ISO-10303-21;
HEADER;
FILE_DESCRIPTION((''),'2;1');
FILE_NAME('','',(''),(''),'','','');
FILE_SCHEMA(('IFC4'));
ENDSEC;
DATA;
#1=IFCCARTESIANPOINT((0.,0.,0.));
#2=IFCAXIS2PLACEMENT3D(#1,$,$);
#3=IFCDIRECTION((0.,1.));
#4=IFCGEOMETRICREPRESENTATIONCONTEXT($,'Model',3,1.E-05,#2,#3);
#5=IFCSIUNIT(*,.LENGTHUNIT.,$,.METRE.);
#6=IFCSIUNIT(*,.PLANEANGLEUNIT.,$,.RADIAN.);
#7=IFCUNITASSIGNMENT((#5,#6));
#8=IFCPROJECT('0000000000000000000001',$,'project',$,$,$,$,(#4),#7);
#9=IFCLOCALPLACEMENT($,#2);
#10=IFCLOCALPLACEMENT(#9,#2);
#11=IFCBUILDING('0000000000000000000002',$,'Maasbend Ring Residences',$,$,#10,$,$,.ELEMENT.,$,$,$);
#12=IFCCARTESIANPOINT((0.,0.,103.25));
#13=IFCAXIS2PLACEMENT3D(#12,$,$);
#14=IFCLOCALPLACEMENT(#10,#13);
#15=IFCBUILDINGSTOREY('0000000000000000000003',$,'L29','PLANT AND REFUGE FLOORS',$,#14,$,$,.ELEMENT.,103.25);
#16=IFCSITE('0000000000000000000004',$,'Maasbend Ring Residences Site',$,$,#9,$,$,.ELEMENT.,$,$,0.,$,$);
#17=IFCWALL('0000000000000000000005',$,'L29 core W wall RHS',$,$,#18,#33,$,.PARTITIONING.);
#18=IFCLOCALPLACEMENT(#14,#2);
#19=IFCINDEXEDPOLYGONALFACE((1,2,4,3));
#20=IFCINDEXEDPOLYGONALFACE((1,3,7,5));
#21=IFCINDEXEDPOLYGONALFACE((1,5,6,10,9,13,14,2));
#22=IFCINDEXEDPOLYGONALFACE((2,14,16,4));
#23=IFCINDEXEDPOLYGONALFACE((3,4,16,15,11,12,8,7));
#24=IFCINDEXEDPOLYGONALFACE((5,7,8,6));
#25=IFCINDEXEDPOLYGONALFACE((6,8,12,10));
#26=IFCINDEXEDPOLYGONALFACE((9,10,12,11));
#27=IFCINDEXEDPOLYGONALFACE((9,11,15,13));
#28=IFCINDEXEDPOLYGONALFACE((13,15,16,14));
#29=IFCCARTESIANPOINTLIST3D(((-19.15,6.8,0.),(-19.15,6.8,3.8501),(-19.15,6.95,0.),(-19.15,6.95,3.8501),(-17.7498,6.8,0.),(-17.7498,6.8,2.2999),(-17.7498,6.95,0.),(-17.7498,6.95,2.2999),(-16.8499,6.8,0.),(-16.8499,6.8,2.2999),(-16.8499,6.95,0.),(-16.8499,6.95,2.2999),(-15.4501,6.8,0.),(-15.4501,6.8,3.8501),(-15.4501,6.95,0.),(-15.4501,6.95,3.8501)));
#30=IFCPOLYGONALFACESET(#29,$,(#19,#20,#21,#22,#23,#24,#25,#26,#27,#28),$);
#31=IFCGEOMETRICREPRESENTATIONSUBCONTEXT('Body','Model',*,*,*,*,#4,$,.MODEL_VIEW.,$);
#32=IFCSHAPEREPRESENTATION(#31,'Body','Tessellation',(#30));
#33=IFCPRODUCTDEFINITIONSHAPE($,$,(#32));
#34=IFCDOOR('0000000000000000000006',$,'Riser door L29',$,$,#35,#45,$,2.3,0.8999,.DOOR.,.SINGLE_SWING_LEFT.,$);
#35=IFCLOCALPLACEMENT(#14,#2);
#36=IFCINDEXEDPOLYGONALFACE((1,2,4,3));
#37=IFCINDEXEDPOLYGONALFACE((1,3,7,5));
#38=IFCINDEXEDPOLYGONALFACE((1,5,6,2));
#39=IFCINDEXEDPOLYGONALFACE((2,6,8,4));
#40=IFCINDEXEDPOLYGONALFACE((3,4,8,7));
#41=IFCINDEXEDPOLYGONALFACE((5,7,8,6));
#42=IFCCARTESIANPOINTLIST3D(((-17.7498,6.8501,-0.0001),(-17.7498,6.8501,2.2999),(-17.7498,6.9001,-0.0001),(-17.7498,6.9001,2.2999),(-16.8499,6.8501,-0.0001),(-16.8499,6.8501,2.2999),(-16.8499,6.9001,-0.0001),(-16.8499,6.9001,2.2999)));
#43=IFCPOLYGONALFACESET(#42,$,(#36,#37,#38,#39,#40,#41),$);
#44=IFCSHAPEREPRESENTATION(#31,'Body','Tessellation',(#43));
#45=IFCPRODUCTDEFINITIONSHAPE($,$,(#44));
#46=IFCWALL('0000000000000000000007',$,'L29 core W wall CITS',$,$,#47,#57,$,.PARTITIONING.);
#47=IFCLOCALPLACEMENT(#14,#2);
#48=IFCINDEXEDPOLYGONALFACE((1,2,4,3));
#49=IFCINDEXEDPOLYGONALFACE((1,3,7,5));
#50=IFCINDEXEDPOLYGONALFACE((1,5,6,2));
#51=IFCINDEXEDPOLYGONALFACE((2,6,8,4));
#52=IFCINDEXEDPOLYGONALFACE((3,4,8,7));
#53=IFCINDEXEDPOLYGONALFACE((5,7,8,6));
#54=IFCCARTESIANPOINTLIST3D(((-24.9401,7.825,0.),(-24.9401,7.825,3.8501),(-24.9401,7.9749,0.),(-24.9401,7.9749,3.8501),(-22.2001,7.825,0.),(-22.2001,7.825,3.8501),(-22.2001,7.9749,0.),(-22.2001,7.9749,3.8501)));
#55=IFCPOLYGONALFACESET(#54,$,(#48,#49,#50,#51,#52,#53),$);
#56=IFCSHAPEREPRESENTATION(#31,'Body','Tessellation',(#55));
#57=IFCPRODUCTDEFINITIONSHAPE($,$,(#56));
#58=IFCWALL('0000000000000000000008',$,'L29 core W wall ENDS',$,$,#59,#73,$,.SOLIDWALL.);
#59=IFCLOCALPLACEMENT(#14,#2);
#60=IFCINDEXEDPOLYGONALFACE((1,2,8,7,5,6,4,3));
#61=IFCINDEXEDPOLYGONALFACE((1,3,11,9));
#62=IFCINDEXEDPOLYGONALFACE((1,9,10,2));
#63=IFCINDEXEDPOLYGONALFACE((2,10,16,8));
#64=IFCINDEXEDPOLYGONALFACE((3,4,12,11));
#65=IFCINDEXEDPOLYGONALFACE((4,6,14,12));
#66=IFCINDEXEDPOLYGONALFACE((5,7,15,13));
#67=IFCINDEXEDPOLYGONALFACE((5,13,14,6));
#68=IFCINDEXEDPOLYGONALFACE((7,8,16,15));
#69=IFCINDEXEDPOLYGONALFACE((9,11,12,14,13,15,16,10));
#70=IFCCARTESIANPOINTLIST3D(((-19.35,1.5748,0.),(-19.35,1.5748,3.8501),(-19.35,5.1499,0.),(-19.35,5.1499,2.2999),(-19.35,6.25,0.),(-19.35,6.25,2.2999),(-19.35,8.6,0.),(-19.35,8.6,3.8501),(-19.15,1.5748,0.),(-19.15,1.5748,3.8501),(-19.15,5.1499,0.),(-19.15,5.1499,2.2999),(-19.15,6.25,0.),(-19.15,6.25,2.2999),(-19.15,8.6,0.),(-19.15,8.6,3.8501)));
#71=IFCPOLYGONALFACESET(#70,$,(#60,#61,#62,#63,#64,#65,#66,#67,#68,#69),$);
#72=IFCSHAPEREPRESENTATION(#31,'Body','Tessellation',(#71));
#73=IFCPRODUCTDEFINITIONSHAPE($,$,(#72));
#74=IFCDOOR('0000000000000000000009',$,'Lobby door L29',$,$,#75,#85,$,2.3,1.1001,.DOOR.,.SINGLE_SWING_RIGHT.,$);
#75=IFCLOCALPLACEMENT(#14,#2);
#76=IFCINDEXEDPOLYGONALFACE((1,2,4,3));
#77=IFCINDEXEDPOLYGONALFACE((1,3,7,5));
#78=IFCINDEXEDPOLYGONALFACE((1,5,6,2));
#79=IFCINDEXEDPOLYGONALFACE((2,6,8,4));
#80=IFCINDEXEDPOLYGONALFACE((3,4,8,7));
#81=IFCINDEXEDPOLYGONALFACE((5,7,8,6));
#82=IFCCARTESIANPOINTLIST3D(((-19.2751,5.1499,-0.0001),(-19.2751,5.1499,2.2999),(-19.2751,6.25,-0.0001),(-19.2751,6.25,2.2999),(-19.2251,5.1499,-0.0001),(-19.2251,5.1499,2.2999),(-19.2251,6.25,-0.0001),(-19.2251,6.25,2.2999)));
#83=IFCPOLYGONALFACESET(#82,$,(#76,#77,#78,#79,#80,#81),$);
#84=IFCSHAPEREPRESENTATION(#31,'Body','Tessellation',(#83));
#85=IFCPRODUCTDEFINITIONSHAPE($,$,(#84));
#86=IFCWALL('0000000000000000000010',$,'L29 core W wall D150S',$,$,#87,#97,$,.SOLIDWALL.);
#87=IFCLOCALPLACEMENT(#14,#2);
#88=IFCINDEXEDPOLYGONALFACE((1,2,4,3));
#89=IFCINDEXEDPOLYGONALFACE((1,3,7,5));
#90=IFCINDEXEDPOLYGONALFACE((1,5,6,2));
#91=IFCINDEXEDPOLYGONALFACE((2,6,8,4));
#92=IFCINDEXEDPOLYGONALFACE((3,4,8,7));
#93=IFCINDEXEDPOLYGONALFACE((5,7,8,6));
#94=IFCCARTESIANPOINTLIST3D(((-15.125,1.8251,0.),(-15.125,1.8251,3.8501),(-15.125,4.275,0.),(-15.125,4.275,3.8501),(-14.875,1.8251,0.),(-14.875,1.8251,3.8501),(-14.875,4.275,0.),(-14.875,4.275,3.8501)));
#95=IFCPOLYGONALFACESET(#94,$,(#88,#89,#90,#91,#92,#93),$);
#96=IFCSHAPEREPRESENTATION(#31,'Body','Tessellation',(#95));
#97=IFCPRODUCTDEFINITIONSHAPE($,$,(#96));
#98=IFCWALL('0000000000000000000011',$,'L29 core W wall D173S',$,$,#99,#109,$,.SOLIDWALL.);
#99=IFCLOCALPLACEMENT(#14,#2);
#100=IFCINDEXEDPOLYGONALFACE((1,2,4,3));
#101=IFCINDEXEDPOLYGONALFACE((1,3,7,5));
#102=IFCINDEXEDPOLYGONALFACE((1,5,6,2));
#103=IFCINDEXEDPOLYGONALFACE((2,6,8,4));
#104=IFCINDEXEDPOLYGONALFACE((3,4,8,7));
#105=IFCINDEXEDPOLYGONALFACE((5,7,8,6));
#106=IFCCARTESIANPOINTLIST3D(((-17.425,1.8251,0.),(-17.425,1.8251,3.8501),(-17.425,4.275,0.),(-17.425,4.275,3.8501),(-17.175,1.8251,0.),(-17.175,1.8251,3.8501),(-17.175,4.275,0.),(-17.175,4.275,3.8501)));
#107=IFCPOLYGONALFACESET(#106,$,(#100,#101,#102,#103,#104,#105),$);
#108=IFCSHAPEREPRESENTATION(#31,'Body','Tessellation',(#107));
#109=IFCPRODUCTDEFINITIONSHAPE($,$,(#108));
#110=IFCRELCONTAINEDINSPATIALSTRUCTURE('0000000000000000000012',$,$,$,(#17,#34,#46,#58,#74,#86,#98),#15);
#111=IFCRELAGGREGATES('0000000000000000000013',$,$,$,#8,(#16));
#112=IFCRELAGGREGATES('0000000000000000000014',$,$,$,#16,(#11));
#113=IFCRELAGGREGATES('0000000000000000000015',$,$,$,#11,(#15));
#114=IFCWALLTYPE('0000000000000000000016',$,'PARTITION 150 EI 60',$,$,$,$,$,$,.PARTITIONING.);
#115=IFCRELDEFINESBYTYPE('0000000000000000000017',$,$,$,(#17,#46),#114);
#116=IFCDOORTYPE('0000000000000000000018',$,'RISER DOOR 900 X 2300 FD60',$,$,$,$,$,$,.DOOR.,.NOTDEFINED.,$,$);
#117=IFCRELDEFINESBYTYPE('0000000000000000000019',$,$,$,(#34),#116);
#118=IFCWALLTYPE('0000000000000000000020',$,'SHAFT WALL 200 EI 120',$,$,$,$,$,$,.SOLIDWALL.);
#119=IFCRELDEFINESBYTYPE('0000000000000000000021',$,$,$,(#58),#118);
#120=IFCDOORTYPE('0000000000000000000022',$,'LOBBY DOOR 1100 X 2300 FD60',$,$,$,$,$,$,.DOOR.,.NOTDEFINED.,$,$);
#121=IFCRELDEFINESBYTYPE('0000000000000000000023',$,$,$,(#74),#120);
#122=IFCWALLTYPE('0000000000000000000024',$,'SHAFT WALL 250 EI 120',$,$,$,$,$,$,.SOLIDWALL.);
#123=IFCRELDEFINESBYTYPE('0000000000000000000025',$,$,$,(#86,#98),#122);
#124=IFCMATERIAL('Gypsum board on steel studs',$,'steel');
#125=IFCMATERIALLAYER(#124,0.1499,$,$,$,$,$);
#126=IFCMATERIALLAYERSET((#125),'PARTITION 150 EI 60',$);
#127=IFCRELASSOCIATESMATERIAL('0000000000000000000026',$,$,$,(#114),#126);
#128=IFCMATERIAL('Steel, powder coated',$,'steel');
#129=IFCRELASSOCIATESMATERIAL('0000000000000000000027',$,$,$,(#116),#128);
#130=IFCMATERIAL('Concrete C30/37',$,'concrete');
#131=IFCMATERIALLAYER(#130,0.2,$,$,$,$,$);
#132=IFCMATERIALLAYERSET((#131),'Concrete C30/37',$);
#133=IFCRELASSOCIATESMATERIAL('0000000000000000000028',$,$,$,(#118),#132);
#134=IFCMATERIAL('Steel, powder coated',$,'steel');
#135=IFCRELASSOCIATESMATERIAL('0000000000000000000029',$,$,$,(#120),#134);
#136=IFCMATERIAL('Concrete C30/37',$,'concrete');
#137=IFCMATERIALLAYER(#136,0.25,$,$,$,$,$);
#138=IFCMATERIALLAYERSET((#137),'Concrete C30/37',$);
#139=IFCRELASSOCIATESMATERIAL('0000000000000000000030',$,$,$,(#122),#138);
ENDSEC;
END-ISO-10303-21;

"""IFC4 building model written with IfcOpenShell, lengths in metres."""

from ifc_helpers import new_model, si_unit, direction, frame, frame_2d, origin, place, context, subcontext, project, spatial, rectangle, extrude, material, layer, layer_set, type_object, element, fill, save


model = new_model("IFC4")

# Units and contexts
model_context = context("Model", 3, precision=1e-05, world=origin(), true_north=direction((0.0, 1.0)))
body_context = subcontext(model_context, "Body", "Model", "MODEL_VIEW")
ifc_project = project(units=[si_unit("LENGTHUNIT", "METRE"), si_unit("PLANEANGLEUNIT", "RADIAN")], contexts=[model_context])

# Site, building, storey
site_placement = place(None, origin())
site = spatial("IfcSite", under=ifc_project, at=site_placement, Name="Maasbend Ring Residences Site", CompositionType="ELEMENT", RefElevation=0.0)
building_placement = place(site_placement, origin())
building = spatial("IfcBuilding", under=site, at=building_placement, Name="Maasbend Ring Residences", CompositionType="ELEMENT")
storey_placement = place(building_placement, frame((0.0, 0.0, 103.25)))
storey = spatial("IfcBuildingStorey", under=building, at=storey_placement, Name="L29", Description="PLANT AND REFUGE FLOORS", CompositionType="ELEMENT", Elevation=103.25)

# Shared definitions
ifc_material_1 = material(Name="Gypsum board on steel studs", Category="steel")
ifc_layer_1 = layer(ifc_material_1, 0.1499)
ifc_layer_set_1 = layer_set([ifc_layer_1], Name="PARTITION 150 EI 60")
wall_type_1 = type_object("IfcWallType", Name="PARTITION 150 EI 60", PredefinedType="PARTITIONING", material=ifc_layer_set_1)

# Wall, opening, door
wall_1_placement = place(storey_placement, frame((-15.45, 6.875, 0.0), z_axis=(0.0, 0.0, 1.0), x_axis=(-1.0, 0.0, 0.0)))
wall_1 = element("IfcWall", 1, at=wall_1_placement, inside=storey, type_object=wall_type_1, Name="L29 core W wall RHS", PredefinedType="PARTITIONING", context=body_context, shape_type="SweptSolid", body=[
    extrude(rectangle(XDim=3.7, YDim=0.1499, at=frame_2d((1.8501, 0.0))), origin(), (0.0, 0.0, 1.0), 3.8501),
])
opening_1_placement = place(wall_1_placement, frame((1.3999, 0.0, 0.0)))
opening_1 = element("IfcOpeningElement", 2, at=opening_1_placement, cuts=wall_1, PredefinedType="OPENING", context=body_context, shape_type="SweptSolid", body=[
    extrude(rectangle(XDim=0.8999, YDim=2.3, at=frame_2d((0.45, 1.1499))), frame((0.0, 0.085, 0.0), z_axis=(0.0, -1.0, 0.0), x_axis=(1.0, 0.0, 0.0)), (0.0, 0.0, 1.0), 0.1699),
])
ifc_material_2 = material(Name="Steel, powder coated", Category="steel")
door_type_1 = type_object("IfcDoorType", Name="RISER DOOR 900 X 2300 FD60", OperationType="NOTDEFINED", PredefinedType="DOOR", material=ifc_material_2)
door_1_placement = place(opening_1_placement, origin())
door_1 = element("IfcDoor", 3, at=door_1_placement, inside=storey, type_object=door_type_1, Name="Riser door L29", OperationType="SINGLE_SWING_LEFT", OverallHeight=2.3, OverallWidth=0.8999, PredefinedType="DOOR", context=body_context, shape_type="SweptSolid", body=[
    extrude(rectangle(XDim=0.8999, YDim=2.3, at=frame_2d((0.45, 1.1499))), frame((0.0, 0.0249, 0.0), z_axis=(0.0, -1.0, 0.0), x_axis=(1.0, 0.0, 0.0)), (0.0, 0.0, 1.0), 0.05),
])
fill(opening_1, door_1)

# Wall
wall_2_placement = place(storey_placement, frame((-22.2, 7.8999, 0.0), z_axis=(0.0, 0.0, 1.0), x_axis=(-1.0, 0.0, 0.0)))
element("IfcWall", 4, at=wall_2_placement, inside=storey, type_object=wall_type_1, Name="L29 core W wall CITS", PredefinedType="PARTITIONING", context=body_context, shape_type="SweptSolid", body=[
    extrude(rectangle(XDim=2.74, YDim=0.1499, at=frame_2d((1.3701, 0.0))), origin(), (0.0, 0.0, 1.0), 3.8501),
])

# Wall, opening, door
ifc_material_3 = material(Name="Concrete C30/37", Category="concrete")
ifc_layer_2 = layer(ifc_material_3, 0.2)
ifc_layer_set_2 = layer_set([ifc_layer_2], Name="Concrete C30/37")
wall_type_2 = type_object("IfcWallType", Name="SHAFT WALL 200 EI 120", PredefinedType="SOLIDWALL", material=ifc_layer_set_2)
wall_3_placement = place(storey_placement, frame((-19.25, 8.6001, 0.0), z_axis=(0.0, 0.0, 1.0), x_axis=(0.0, -1.0, 0.0)))
wall_3 = element("IfcWall", 5, at=wall_3_placement, inside=storey, type_object=wall_type_2, Name="L29 core W wall ENDS", PredefinedType="SOLIDWALL", context=body_context, shape_type="SweptSolid", body=[
    extrude(rectangle(XDim=7.0251, YDim=0.2, at=frame_2d((3.5127, 0.0))), origin(), (0.0, 0.0, 1.0), 3.8501),
])
opening_2_placement = place(wall_3_placement, frame((2.3501, 0.0, 0.0)))
opening_2 = element("IfcOpeningElement", 6, at=opening_2_placement, cuts=wall_3, PredefinedType="OPENING", context=body_context, shape_type="SweptSolid", body=[
    extrude(rectangle(XDim=1.1001, YDim=2.3, at=frame_2d((0.55, 1.1499))), frame((0.0, 0.1099, 0.0), z_axis=(0.0, -1.0, 0.0), x_axis=(1.0, 0.0, 0.0)), (0.0, 0.0, 1.0), 0.22),
])
ifc_material_4 = material(Name="Steel, powder coated", Category="steel")
door_type_2 = type_object("IfcDoorType", Name="LOBBY DOOR 1100 X 2300 FD60", OperationType="NOTDEFINED", PredefinedType="DOOR", material=ifc_material_4)
door_2_placement = place(opening_2_placement, origin())
door_2 = element("IfcDoor", 7, at=door_2_placement, inside=storey, type_object=door_type_2, Name="Lobby door L29", OperationType="SINGLE_SWING_RIGHT", OverallHeight=2.3, OverallWidth=1.1001, PredefinedType="DOOR", context=body_context, shape_type="SweptSolid", body=[
    extrude(rectangle(XDim=1.1001, YDim=2.3, at=frame_2d((0.55, 1.1499))), frame((0.0, 0.0249, 0.0), z_axis=(0.0, -1.0, 0.0), x_axis=(1.0, 0.0, 0.0)), (0.0, 0.0, 1.0), 0.05),
])
fill(opening_2, door_2)

# Walls
ifc_material_5 = material(Name="Concrete C30/37", Category="concrete")
ifc_layer_3 = layer(ifc_material_5, 0.25)
ifc_layer_set_3 = layer_set([ifc_layer_3], Name="Concrete C30/37")
wall_type_3 = type_object("IfcWallType", Name="SHAFT WALL 250 EI 120", PredefinedType="SOLIDWALL", material=ifc_layer_set_3)
for number, where, z_axis, x_axis, name in (
    (8, (-15.0, 1.825, 0.0), (0.0, 0.0, 1.0), (0.0, 1.0, 0.0), "L29 core W wall D150S"),
    (9, (-17.3, 1.825, 0.0), (0.0, 0.0, 1.0), (0.0, 1.0, 0.0), "L29 core W wall D173S"),
):
    element("IfcWall", number, at=place(storey_placement, frame(where, z_axis=z_axis, x_axis=x_axis)), inside=storey, type_object=wall_type_3, Name=name, PredefinedType="SOLIDWALL", context=body_context, shape_type="SweptSolid", body=[
        extrude(rectangle(XDim=2.45, YDim=0.25, at=frame_2d((1.2251, 0.0))), origin(), (0.0, 0.0, 1.0), 3.8501),
    ])

save(model, "model.ifc")
